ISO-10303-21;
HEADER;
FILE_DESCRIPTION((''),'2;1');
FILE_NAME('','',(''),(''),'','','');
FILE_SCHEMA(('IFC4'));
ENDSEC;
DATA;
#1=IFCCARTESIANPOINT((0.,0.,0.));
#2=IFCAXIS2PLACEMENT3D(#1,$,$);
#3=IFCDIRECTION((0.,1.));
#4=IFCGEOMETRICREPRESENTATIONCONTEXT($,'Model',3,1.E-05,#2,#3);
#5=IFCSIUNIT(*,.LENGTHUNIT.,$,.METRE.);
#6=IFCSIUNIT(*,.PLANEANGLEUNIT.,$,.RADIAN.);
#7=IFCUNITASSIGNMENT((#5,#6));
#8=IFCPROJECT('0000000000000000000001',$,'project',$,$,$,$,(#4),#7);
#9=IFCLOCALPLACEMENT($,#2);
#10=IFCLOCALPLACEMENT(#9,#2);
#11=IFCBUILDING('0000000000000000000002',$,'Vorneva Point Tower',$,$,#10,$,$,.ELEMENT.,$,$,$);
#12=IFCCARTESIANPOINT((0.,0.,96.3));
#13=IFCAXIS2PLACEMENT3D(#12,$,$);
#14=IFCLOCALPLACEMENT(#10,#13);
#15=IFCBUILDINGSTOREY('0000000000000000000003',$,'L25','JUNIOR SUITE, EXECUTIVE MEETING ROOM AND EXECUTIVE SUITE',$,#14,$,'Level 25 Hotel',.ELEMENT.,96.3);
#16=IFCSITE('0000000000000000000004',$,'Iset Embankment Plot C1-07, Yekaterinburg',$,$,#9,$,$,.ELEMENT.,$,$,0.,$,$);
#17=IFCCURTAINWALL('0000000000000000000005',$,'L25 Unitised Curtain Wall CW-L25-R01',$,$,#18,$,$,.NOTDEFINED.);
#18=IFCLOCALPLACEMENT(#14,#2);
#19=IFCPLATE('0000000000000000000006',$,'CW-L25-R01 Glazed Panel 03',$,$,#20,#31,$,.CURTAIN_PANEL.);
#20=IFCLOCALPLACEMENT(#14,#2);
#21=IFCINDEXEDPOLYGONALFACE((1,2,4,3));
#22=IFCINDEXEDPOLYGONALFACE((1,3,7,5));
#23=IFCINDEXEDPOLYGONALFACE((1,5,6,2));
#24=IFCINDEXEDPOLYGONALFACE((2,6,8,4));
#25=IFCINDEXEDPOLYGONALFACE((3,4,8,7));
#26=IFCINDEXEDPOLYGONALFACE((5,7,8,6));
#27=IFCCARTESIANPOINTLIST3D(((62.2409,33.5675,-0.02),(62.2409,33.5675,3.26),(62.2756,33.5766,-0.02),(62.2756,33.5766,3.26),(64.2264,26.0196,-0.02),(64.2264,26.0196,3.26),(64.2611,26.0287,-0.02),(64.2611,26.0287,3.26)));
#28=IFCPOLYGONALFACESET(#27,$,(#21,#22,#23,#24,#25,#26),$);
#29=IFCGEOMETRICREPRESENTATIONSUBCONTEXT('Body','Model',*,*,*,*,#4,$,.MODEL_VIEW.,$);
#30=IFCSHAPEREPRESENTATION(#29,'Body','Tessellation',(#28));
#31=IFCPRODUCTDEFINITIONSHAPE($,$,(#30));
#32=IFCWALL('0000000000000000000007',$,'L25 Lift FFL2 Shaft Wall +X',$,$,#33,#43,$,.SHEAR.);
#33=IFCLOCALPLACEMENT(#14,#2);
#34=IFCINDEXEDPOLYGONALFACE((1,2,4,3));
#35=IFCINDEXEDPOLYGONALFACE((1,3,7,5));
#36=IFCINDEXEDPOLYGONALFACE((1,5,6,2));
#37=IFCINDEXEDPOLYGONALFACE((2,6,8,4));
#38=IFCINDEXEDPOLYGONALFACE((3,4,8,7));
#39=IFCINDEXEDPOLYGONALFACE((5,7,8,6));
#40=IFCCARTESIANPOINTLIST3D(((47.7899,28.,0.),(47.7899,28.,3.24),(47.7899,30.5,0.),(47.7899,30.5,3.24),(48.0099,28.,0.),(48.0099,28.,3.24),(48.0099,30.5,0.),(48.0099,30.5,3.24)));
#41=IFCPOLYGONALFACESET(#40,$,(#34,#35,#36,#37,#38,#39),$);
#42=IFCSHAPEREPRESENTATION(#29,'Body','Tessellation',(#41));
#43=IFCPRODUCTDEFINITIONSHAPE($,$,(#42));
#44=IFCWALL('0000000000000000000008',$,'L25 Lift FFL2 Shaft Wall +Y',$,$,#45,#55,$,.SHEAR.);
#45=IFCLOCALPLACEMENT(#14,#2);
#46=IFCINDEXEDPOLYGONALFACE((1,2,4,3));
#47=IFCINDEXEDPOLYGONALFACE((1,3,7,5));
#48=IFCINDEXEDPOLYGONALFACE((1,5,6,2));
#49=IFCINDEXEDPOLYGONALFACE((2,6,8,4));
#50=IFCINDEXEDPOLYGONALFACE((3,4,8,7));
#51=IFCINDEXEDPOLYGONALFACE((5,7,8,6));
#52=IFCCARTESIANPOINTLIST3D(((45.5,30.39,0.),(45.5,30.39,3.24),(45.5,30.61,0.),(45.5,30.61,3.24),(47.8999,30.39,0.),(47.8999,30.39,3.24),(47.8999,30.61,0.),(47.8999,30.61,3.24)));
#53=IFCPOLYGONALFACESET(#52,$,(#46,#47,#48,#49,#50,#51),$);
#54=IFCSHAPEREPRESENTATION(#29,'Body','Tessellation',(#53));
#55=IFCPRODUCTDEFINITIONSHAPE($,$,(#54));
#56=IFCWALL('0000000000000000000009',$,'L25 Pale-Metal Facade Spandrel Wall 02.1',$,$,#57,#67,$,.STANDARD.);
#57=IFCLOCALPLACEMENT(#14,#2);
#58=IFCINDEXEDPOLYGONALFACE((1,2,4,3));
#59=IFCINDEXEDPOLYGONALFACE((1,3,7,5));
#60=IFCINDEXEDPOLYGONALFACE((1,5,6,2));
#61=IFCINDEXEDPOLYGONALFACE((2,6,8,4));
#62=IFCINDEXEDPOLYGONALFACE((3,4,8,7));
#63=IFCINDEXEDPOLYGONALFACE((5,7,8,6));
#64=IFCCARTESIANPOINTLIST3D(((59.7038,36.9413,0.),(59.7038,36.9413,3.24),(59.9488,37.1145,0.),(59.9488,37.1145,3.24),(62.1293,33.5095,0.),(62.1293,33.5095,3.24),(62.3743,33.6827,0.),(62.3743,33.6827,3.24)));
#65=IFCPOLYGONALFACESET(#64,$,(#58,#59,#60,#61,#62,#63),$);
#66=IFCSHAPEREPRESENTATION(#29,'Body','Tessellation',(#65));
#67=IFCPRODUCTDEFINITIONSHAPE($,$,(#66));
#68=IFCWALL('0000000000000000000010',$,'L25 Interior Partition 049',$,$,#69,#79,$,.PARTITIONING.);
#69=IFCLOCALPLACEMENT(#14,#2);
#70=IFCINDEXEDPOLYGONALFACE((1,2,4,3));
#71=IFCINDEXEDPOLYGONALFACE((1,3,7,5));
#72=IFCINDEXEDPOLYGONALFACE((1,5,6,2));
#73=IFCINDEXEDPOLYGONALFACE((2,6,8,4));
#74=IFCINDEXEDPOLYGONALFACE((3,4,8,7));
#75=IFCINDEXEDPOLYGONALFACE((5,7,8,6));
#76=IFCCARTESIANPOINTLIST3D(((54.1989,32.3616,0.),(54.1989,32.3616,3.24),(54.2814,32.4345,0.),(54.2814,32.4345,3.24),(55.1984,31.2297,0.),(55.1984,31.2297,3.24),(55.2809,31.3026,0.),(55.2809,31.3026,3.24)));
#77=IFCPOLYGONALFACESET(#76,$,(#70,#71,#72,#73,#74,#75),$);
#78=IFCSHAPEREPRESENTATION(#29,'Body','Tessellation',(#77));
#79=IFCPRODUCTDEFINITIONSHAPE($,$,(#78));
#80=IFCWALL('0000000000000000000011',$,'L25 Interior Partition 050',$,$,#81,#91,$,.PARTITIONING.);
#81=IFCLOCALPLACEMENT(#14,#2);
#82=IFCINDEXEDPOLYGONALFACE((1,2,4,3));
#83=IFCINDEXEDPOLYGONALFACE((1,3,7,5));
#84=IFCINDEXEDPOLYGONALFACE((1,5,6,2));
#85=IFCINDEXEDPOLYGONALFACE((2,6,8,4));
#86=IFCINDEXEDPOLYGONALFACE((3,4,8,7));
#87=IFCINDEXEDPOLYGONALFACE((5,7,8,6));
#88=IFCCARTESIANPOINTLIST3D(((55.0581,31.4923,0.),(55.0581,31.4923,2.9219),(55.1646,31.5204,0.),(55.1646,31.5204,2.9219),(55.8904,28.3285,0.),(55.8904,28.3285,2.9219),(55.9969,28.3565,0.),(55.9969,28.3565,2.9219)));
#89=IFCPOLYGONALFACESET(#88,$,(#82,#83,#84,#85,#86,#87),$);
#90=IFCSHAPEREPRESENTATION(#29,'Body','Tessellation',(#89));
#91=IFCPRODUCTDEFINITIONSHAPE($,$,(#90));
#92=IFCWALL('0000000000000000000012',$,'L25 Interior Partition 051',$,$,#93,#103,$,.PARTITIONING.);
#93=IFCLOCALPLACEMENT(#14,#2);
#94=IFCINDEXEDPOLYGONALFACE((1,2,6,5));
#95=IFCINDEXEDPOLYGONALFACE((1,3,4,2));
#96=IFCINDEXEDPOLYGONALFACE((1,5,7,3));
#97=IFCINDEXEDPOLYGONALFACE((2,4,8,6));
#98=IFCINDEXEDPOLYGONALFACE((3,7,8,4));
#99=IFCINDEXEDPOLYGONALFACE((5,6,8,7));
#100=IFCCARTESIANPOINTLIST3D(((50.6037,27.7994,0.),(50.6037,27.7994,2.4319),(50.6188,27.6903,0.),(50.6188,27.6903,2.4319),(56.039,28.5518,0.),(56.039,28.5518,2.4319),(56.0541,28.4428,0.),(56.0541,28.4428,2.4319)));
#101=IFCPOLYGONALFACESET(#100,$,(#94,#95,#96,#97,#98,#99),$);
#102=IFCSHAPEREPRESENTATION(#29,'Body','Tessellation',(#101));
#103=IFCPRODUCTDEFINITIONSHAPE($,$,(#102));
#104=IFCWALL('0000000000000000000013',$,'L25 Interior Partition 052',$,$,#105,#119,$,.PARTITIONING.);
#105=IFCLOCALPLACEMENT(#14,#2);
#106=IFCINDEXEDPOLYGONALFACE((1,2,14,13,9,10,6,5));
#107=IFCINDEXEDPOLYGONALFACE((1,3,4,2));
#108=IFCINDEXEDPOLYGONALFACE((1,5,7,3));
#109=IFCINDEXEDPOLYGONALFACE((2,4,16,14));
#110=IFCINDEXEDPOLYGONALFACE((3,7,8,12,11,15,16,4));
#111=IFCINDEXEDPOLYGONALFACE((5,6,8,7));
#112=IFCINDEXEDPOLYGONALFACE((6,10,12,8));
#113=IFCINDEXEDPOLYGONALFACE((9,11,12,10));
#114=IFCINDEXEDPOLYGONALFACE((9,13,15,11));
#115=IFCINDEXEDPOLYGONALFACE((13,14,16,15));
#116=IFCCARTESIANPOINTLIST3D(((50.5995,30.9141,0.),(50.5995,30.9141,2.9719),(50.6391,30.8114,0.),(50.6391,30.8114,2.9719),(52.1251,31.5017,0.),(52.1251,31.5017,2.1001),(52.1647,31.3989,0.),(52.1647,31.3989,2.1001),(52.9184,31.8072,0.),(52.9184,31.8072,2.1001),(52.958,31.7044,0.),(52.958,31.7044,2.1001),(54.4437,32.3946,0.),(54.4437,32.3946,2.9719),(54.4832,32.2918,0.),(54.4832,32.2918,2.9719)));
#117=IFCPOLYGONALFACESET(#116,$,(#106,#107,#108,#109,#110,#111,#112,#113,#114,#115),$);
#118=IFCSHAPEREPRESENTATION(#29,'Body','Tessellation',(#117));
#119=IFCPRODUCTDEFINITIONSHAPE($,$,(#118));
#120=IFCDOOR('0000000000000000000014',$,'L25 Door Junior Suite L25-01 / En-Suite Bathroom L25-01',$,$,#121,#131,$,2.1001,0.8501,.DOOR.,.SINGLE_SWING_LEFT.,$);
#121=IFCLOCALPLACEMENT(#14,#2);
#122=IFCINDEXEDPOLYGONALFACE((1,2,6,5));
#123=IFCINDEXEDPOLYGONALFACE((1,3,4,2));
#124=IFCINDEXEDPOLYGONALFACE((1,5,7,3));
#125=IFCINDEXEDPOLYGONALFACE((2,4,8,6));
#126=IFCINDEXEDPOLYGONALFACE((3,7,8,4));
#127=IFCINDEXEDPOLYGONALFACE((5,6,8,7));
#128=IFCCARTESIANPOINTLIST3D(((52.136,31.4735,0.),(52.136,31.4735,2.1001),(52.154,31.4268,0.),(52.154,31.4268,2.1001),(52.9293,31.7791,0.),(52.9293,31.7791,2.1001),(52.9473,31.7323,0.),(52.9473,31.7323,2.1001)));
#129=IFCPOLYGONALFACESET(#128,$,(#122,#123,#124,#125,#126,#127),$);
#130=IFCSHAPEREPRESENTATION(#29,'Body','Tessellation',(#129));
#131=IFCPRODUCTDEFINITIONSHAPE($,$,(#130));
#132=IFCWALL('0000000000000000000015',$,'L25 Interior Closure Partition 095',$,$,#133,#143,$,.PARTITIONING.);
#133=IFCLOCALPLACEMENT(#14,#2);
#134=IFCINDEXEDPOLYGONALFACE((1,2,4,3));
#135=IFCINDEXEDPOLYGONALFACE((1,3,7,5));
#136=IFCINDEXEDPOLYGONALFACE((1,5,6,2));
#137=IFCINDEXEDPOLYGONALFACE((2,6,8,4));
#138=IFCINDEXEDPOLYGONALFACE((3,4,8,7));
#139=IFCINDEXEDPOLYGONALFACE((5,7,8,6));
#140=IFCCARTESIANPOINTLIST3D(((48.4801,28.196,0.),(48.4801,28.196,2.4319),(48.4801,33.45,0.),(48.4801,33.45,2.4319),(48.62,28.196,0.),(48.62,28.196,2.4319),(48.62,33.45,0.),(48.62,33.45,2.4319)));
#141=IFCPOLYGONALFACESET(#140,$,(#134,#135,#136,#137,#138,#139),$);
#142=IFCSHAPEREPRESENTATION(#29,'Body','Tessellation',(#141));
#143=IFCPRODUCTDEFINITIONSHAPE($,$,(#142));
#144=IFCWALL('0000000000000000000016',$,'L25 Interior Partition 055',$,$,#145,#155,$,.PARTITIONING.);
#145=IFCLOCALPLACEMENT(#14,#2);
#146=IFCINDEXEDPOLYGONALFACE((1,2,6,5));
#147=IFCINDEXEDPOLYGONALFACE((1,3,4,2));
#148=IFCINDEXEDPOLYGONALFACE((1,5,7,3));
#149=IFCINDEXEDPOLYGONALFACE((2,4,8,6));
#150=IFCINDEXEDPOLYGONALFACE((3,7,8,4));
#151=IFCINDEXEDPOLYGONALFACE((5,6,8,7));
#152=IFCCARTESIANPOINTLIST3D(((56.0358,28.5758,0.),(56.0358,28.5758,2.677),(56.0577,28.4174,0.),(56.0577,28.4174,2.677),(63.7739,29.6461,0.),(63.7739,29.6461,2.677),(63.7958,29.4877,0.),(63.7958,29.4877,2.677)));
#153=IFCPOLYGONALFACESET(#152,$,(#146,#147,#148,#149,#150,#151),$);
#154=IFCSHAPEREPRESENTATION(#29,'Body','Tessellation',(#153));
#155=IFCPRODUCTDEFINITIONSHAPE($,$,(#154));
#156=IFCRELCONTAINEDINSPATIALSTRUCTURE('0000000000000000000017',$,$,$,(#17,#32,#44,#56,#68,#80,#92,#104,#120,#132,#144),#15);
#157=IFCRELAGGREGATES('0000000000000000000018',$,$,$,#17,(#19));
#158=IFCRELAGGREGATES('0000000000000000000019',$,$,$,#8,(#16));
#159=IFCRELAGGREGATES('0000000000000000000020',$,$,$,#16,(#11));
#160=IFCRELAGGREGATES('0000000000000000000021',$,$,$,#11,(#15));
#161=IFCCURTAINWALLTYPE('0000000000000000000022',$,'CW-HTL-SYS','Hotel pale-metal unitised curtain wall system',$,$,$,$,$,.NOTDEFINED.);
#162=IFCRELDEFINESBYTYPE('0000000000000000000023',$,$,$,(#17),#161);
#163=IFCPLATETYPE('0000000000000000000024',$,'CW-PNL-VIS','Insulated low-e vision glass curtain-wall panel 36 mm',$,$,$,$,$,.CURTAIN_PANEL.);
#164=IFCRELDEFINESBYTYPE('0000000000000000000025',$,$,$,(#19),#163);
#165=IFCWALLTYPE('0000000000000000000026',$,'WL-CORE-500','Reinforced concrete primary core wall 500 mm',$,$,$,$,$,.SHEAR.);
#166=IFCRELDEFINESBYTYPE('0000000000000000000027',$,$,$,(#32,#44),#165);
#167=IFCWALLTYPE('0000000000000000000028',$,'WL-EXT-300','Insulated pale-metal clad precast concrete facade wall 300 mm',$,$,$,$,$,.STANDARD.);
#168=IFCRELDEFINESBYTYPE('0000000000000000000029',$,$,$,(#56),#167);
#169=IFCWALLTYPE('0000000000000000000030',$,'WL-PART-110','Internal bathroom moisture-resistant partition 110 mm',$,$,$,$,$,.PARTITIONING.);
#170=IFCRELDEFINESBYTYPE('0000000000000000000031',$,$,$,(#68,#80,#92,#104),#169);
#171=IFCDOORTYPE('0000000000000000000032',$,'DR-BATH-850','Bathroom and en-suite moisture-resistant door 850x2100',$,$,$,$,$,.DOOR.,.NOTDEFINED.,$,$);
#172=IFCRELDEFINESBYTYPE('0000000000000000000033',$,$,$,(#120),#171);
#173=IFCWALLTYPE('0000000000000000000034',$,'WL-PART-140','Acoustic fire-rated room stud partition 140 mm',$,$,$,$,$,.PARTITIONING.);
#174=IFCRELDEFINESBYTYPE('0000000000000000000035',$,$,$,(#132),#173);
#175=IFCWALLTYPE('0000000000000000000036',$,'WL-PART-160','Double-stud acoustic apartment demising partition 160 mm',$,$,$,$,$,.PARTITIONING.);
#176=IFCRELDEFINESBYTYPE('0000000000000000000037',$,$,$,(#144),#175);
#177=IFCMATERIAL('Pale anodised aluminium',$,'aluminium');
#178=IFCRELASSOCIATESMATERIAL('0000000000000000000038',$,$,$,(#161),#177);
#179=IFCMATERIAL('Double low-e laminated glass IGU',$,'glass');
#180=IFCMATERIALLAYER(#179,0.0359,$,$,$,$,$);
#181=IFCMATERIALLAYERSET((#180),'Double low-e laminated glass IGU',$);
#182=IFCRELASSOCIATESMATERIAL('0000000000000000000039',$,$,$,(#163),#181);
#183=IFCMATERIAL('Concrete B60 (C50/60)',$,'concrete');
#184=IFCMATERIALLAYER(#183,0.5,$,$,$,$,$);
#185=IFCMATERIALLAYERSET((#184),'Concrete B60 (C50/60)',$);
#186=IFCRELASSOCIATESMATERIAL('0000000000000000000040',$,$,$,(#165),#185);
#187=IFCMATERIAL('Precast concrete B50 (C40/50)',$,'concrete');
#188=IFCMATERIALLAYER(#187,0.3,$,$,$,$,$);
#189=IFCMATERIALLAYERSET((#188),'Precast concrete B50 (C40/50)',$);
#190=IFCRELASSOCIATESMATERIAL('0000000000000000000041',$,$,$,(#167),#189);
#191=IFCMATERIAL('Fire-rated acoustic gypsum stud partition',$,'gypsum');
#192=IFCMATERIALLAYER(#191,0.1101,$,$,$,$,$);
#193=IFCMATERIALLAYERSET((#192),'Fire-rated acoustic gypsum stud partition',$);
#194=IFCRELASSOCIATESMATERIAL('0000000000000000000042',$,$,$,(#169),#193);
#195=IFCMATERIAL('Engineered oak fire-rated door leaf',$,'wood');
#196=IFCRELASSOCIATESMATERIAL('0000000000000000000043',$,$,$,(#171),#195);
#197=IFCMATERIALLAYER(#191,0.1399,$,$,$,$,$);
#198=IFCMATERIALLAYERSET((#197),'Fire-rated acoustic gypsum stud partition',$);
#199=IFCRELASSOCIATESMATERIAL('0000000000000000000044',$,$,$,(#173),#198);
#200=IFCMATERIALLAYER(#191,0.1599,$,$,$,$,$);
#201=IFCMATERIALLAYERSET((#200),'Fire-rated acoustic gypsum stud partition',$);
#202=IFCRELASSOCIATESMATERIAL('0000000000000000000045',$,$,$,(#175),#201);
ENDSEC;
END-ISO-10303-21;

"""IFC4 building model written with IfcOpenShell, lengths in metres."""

from ifc_helpers import new_model, si_unit, direction, frame, frame_2d, origin, origin_2d, place, context, subcontext, project, spatial, rectangle, extrude, material, layer, layer_set, type_object, element, fill, aggregate, save


model = new_model("IFC4")

# Units and contexts
model_context = context("Model", 3, precision=1e-05, world=origin(), true_north=direction((0.0, 1.0)))
body_context = subcontext(model_context, "Body", "Model", "MODEL_VIEW")
ifc_project = project(units=[si_unit("LENGTHUNIT", "METRE"), si_unit("PLANEANGLEUNIT", "RADIAN")], contexts=[model_context])

# Site, building, storey
site_placement = place(None, origin())
site = spatial("IfcSite", under=ifc_project, at=site_placement, Name="Iset Embankment Plot C1-07, Yekaterinburg", CompositionType="ELEMENT", RefElevation=0.0)
building_placement = place(site_placement, origin())
building = spatial("IfcBuilding", under=site, at=building_placement, Name="Vorneva Point Tower", CompositionType="ELEMENT")
storey_placement = place(building_placement, frame((0.0, 0.0, 96.3)))
storey = spatial("IfcBuildingStorey", under=building, at=storey_placement, Name="L25", Description="JUNIOR SUITE, EXECUTIVE MEETING ROOM AND EXECUTIVE SUITE", LongName="Level 25 Hotel", CompositionType="ELEMENT", Elevation=96.3)

# Shared definitions
ifc_material_1 = material(Name="Concrete B60 (C50/60)", Category="concrete")

# Curtain wall, plate
ifc_material_2 = material(Name="Pale anodised aluminium", Category="aluminium")
curtain_wall_type = type_object("IfcCurtainWallType", Name="CW-HTL-SYS", Description="Hotel pale-metal unitised curtain wall system", PredefinedType="NOTDEFINED", material=ifc_material_2)
curtain_wall_placement = place(storey_placement, origin())
curtain_wall = element("IfcCurtainWall", 1, at=curtain_wall_placement, inside=storey, type_object=curtain_wall_type, Name="L25 Unitised Curtain Wall CW-L25-R01", PredefinedType="NOTDEFINED")
ifc_material_3 = material(Name="Double low-e laminated glass IGU", Category="glass")
ifc_layer_1 = layer(ifc_material_3, 0.0359)
ifc_layer_set_1 = layer_set([ifc_layer_1], Name="Double low-e laminated glass IGU")
plate_type = type_object("IfcPlateType", Name="CW-PNL-VIS", Description="Insulated low-e vision glass curtain-wall panel 36 mm", PredefinedType="CURTAIN_PANEL", material=ifc_layer_set_1)
plate_placement = place(storey_placement, frame((63.251, 29.7981, -0.02), z_axis=(0.0, 0.0, 1.0), x_axis=(-0.254399, 0.967099, 0.0)))
plate = element("IfcPlate", 2, at=plate_placement, type_object=plate_type, Name="CW-L25-R01 Glazed Panel 03", PredefinedType="CURTAIN_PANEL", context=body_context, shape_type="SweptSolid", body=[
    extrude(rectangle(XDim=7.8047, YDim=0.0359, at=origin_2d()), origin(), (0.0, 0.0, 1.0), 3.28),
])
aggregate(curtain_wall, [plate])

# Walls
ifc_layer_2 = layer(ifc_material_1, 0.5)
ifc_layer_set_2 = layer_set([ifc_layer_2], Name="Concrete B60 (C50/60)")
wall_type_1 = type_object("IfcWallType", Name="WL-CORE-500", Description="Reinforced concrete primary core wall 500 mm", PredefinedType="SHEAR", material=ifc_layer_set_2)
wall_1_placement = place(storey_placement, frame((47.8999, 28.0, 0.0), z_axis=(0.0, 0.0, 1.0), x_axis=(0.0, 1.0, 0.0)))
element("IfcWall", 3, at=wall_1_placement, inside=storey, type_object=wall_type_1, Name="L25 Lift FFL2 Shaft Wall +X", PredefinedType="SHEAR", context=body_context, shape_type="SweptSolid", body=[
    extrude(rectangle(XDim=2.5, YDim=0.22, at=frame_2d((1.25, 0.0))), origin(), (0.0, 0.0, 1.0), 3.24),
])
wall_2_placement = place(storey_placement, frame((47.8999, 30.5, 0.0), z_axis=(0.0, 0.0, 1.0), x_axis=(-1.0, 0.0, 0.0)))
element("IfcWall", 4, at=wall_2_placement, inside=storey, type_object=wall_type_1, Name="L25 Lift FFL2 Shaft Wall +Y", PredefinedType="SHEAR", context=body_context, shape_type="SweptSolid", body=[
    extrude(rectangle(XDim=2.3999, YDim=0.22, at=frame_2d((1.2, 0.0))), origin(), (0.0, 0.0, 1.0), 3.24),
])
ifc_material_4 = material(Name="Precast concrete B50 (C40/50)", Category="concrete")
ifc_layer_3 = layer(ifc_material_4, 0.3)
ifc_layer_set_3 = layer_set([ifc_layer_3], Name="Precast concrete B50 (C40/50)")
wall_type_2 = type_object("IfcWallType", Name="WL-EXT-300", Description="Insulated pale-metal clad precast concrete facade wall 300 mm", PredefinedType="STANDARD", material=ifc_layer_set_3)
wall_3_placement = place(storey_placement, frame((62.2517, 33.5962, 0.0), z_axis=(0.0, 0.0, 1.0), x_axis=(-0.577164, 0.816628, 0.0)))
element("IfcWall", 5, at=wall_3_placement, inside=storey, type_object=wall_type_2, Name="L25 Pale-Metal Facade Spandrel Wall 02.1", PredefinedType="STANDARD", context=body_context, shape_type="SweptSolid", body=[
    extrude(rectangle(XDim=4.2024, YDim=0.3, at=frame_2d((2.1011, 0.0))), origin(), (0.0, 0.0, 1.0), 3.24),
])
ifc_material_5 = material(Name="Fire-rated acoustic gypsum stud partition", Category="gypsum")
ifc_layer_4 = layer(ifc_material_5, 0.1101)
ifc_layer_set_4 = layer_set([ifc_layer_4], Name="Fire-rated acoustic gypsum stud partition")
wall_type_3 = type_object("IfcWallType", Name="WL-PART-110", Description="Internal bathroom moisture-resistant partition 110 mm", PredefinedType="PARTITIONING", material=ifc_layer_set_4)
wall_4_placement = place(storey_placement, frame((54.2402, 32.3979, 0.0), z_axis=(0.0, 0.0, 1.0), x_axis=(0.661932, -0.749564, 0.0)))
element("IfcWall", 6, at=wall_4_placement, inside=storey, type_object=wall_type_3, Name="L25 Interior Partition 049", PredefinedType="PARTITIONING", context=body_context, shape_type="SweptSolid", body=[
    extrude(rectangle(XDim=1.51, YDim=0.1101, at=frame_2d((0.7549, 0.0))), origin(), (0.0, 0.0, 1.0), 3.24),
])
wall_5_placement = place(storey_placement, frame((55.1113, 31.5063, 0.0), z_axis=(0.0, 0.0, 1.0), x_axis=(0.254405, -0.967098, 0.0)))
element("IfcWall", 7, at=wall_5_placement, inside=storey, type_object=wall_type_3, Name="L25 Interior Partition 050", PredefinedType="PARTITIONING", context=body_context, shape_type="SweptSolid", body=[
    extrude(rectangle(XDim=3.2715, YDim=0.1101, at=frame_2d((1.6357, 0.0))), origin(), (0.0, 0.0, 1.0), 2.9219),
])
wall_6_placement = place(storey_placement, frame((56.0466, 28.4973, 0.0), z_axis=(0.0, 0.0, 1.0), x_axis=(-0.990553, -0.137128, 0.0)))
element("IfcWall", 8, at=wall_6_placement, inside=storey, type_object=wall_type_3, Name="L25 Interior Partition 051", PredefinedType="PARTITIONING", context=body_context, shape_type="SweptSolid", body=[
    extrude(rectangle(XDim=5.4871, YDim=0.1101, at=frame_2d((2.7437, 0.0))), origin(), (0.0, 0.0, 1.0), 2.4319),
])

# Wall, opening, door
wall_7_placement = place(storey_placement, frame((50.6194, 30.8628, 0.0), z_axis=(0.0, 0.0, 1.0), x_axis=(0.93319, 0.359384, 0.0)))
wall_7 = element("IfcWall", 9, at=wall_7_placement, inside=storey, type_object=wall_type_3, Name="L25 Interior Partition 052", PredefinedType="PARTITIONING", context=body_context, shape_type="SweptSolid", body=[
    extrude(rectangle(XDim=4.1194, YDim=0.1101, at=frame_2d((2.0596, 0.0))), origin(), (0.0, 0.0, 1.0), 2.9719),
])
opening_1_placement = place(wall_7_placement, frame((1.6348, 0.0, 0.0)))
opening_1 = element("IfcOpeningElement", 10, at=opening_1_placement, cuts=wall_7, PredefinedType="OPENING", context=body_context, shape_type="SweptSolid", body=[
    extrude(rectangle(XDim=0.8501, YDim=2.1001, at=frame_2d((0.425, 1.05))), frame((0.0, 0.0698, 0.0), z_axis=(0.0, -1.0, 0.0), x_axis=(1.0, 0.0, 0.0)), (0.0, 0.0, 1.0), 0.1399),
])
ifc_material_6 = material(Name="Engineered oak fire-rated door leaf", Category="wood")
door_type_1 = type_object("IfcDoorType", Name="DR-BATH-850", Description="Bathroom and en-suite moisture-resistant door 850x2100", OperationType="NOTDEFINED", PredefinedType="DOOR", material=ifc_material_6)
door_1_placement = place(opening_1_placement, origin())
door_1 = element("IfcDoor", 11, at=door_1_placement, inside=storey, type_object=door_type_1, Name="L25 Door Junior Suite L25-01 / En-Suite Bathroom L25-01", OperationType="SINGLE_SWING_LEFT", OverallHeight=2.1001, OverallWidth=0.8501, PredefinedType="DOOR", context=body_context, shape_type="SweptSolid", body=[
    extrude(rectangle(XDim=0.8501, YDim=2.1001, at=frame_2d((0.425, 1.05))), frame((0.0, 0.0249, 0.0), z_axis=(0.0, -1.0, 0.0), x_axis=(1.0, 0.0, 0.0)), (0.0, 0.0, 1.0), 0.05),
])
fill(opening_1, door_1)

# Walls
ifc_layer_5 = layer(ifc_material_5, 0.1399)
ifc_layer_set_5 = layer_set([ifc_layer_5], Name="Fire-rated acoustic gypsum stud partition")
wall_type_4 = type_object("IfcWallType", Name="WL-PART-140", Description="Acoustic fire-rated room stud partition 140 mm", PredefinedType="PARTITIONING", material=ifc_layer_set_5)
wall_8_placement = place(storey_placement, frame((48.55, 33.45, 0.0), z_axis=(0.0, 0.0, 1.0), x_axis=(0.0, -1.0, 0.0)))
element("IfcWall", 12, at=wall_8_placement, inside=storey, type_object=wall_type_4, Name="L25 Interior Closure Partition 095", PredefinedType="PARTITIONING", context=body_context, shape_type="SweptSolid", body=[
    extrude(rectangle(XDim=5.2539, YDim=0.1399, at=frame_2d((2.627, 0.0))), origin(), (0.0, 0.0, 1.0), 2.4319),
])
ifc_layer_6 = layer(ifc_material_5, 0.1599)
ifc_layer_set_6 = layer_set([ifc_layer_6], Name="Fire-rated acoustic gypsum stud partition")
wall_type_5 = type_object("IfcWallType", Name="WL-PART-160", Description="Double-stud acoustic apartment demising partition 160 mm", PredefinedType="PARTITIONING", material=ifc_layer_set_6)
wall_9_placement = place(storey_placement, frame((56.0469, 28.4966, 0.0), z_axis=(0.0, 0.0, 1.0), x_axis=(0.990569, 0.137014, 0.0)))
element("IfcWall", 13, at=wall_9_placement, inside=storey, type_object=wall_type_5, Name="L25 Interior Partition 055", PredefinedType="PARTITIONING", context=body_context, shape_type="SweptSolid", body=[
    extrude(rectangle(XDim=7.8118, YDim=0.1599, at=frame_2d((3.9058, 0.0))), origin(), (0.0, 0.0, 1.0), 2.677),
])

save(model, "model.ifc")
